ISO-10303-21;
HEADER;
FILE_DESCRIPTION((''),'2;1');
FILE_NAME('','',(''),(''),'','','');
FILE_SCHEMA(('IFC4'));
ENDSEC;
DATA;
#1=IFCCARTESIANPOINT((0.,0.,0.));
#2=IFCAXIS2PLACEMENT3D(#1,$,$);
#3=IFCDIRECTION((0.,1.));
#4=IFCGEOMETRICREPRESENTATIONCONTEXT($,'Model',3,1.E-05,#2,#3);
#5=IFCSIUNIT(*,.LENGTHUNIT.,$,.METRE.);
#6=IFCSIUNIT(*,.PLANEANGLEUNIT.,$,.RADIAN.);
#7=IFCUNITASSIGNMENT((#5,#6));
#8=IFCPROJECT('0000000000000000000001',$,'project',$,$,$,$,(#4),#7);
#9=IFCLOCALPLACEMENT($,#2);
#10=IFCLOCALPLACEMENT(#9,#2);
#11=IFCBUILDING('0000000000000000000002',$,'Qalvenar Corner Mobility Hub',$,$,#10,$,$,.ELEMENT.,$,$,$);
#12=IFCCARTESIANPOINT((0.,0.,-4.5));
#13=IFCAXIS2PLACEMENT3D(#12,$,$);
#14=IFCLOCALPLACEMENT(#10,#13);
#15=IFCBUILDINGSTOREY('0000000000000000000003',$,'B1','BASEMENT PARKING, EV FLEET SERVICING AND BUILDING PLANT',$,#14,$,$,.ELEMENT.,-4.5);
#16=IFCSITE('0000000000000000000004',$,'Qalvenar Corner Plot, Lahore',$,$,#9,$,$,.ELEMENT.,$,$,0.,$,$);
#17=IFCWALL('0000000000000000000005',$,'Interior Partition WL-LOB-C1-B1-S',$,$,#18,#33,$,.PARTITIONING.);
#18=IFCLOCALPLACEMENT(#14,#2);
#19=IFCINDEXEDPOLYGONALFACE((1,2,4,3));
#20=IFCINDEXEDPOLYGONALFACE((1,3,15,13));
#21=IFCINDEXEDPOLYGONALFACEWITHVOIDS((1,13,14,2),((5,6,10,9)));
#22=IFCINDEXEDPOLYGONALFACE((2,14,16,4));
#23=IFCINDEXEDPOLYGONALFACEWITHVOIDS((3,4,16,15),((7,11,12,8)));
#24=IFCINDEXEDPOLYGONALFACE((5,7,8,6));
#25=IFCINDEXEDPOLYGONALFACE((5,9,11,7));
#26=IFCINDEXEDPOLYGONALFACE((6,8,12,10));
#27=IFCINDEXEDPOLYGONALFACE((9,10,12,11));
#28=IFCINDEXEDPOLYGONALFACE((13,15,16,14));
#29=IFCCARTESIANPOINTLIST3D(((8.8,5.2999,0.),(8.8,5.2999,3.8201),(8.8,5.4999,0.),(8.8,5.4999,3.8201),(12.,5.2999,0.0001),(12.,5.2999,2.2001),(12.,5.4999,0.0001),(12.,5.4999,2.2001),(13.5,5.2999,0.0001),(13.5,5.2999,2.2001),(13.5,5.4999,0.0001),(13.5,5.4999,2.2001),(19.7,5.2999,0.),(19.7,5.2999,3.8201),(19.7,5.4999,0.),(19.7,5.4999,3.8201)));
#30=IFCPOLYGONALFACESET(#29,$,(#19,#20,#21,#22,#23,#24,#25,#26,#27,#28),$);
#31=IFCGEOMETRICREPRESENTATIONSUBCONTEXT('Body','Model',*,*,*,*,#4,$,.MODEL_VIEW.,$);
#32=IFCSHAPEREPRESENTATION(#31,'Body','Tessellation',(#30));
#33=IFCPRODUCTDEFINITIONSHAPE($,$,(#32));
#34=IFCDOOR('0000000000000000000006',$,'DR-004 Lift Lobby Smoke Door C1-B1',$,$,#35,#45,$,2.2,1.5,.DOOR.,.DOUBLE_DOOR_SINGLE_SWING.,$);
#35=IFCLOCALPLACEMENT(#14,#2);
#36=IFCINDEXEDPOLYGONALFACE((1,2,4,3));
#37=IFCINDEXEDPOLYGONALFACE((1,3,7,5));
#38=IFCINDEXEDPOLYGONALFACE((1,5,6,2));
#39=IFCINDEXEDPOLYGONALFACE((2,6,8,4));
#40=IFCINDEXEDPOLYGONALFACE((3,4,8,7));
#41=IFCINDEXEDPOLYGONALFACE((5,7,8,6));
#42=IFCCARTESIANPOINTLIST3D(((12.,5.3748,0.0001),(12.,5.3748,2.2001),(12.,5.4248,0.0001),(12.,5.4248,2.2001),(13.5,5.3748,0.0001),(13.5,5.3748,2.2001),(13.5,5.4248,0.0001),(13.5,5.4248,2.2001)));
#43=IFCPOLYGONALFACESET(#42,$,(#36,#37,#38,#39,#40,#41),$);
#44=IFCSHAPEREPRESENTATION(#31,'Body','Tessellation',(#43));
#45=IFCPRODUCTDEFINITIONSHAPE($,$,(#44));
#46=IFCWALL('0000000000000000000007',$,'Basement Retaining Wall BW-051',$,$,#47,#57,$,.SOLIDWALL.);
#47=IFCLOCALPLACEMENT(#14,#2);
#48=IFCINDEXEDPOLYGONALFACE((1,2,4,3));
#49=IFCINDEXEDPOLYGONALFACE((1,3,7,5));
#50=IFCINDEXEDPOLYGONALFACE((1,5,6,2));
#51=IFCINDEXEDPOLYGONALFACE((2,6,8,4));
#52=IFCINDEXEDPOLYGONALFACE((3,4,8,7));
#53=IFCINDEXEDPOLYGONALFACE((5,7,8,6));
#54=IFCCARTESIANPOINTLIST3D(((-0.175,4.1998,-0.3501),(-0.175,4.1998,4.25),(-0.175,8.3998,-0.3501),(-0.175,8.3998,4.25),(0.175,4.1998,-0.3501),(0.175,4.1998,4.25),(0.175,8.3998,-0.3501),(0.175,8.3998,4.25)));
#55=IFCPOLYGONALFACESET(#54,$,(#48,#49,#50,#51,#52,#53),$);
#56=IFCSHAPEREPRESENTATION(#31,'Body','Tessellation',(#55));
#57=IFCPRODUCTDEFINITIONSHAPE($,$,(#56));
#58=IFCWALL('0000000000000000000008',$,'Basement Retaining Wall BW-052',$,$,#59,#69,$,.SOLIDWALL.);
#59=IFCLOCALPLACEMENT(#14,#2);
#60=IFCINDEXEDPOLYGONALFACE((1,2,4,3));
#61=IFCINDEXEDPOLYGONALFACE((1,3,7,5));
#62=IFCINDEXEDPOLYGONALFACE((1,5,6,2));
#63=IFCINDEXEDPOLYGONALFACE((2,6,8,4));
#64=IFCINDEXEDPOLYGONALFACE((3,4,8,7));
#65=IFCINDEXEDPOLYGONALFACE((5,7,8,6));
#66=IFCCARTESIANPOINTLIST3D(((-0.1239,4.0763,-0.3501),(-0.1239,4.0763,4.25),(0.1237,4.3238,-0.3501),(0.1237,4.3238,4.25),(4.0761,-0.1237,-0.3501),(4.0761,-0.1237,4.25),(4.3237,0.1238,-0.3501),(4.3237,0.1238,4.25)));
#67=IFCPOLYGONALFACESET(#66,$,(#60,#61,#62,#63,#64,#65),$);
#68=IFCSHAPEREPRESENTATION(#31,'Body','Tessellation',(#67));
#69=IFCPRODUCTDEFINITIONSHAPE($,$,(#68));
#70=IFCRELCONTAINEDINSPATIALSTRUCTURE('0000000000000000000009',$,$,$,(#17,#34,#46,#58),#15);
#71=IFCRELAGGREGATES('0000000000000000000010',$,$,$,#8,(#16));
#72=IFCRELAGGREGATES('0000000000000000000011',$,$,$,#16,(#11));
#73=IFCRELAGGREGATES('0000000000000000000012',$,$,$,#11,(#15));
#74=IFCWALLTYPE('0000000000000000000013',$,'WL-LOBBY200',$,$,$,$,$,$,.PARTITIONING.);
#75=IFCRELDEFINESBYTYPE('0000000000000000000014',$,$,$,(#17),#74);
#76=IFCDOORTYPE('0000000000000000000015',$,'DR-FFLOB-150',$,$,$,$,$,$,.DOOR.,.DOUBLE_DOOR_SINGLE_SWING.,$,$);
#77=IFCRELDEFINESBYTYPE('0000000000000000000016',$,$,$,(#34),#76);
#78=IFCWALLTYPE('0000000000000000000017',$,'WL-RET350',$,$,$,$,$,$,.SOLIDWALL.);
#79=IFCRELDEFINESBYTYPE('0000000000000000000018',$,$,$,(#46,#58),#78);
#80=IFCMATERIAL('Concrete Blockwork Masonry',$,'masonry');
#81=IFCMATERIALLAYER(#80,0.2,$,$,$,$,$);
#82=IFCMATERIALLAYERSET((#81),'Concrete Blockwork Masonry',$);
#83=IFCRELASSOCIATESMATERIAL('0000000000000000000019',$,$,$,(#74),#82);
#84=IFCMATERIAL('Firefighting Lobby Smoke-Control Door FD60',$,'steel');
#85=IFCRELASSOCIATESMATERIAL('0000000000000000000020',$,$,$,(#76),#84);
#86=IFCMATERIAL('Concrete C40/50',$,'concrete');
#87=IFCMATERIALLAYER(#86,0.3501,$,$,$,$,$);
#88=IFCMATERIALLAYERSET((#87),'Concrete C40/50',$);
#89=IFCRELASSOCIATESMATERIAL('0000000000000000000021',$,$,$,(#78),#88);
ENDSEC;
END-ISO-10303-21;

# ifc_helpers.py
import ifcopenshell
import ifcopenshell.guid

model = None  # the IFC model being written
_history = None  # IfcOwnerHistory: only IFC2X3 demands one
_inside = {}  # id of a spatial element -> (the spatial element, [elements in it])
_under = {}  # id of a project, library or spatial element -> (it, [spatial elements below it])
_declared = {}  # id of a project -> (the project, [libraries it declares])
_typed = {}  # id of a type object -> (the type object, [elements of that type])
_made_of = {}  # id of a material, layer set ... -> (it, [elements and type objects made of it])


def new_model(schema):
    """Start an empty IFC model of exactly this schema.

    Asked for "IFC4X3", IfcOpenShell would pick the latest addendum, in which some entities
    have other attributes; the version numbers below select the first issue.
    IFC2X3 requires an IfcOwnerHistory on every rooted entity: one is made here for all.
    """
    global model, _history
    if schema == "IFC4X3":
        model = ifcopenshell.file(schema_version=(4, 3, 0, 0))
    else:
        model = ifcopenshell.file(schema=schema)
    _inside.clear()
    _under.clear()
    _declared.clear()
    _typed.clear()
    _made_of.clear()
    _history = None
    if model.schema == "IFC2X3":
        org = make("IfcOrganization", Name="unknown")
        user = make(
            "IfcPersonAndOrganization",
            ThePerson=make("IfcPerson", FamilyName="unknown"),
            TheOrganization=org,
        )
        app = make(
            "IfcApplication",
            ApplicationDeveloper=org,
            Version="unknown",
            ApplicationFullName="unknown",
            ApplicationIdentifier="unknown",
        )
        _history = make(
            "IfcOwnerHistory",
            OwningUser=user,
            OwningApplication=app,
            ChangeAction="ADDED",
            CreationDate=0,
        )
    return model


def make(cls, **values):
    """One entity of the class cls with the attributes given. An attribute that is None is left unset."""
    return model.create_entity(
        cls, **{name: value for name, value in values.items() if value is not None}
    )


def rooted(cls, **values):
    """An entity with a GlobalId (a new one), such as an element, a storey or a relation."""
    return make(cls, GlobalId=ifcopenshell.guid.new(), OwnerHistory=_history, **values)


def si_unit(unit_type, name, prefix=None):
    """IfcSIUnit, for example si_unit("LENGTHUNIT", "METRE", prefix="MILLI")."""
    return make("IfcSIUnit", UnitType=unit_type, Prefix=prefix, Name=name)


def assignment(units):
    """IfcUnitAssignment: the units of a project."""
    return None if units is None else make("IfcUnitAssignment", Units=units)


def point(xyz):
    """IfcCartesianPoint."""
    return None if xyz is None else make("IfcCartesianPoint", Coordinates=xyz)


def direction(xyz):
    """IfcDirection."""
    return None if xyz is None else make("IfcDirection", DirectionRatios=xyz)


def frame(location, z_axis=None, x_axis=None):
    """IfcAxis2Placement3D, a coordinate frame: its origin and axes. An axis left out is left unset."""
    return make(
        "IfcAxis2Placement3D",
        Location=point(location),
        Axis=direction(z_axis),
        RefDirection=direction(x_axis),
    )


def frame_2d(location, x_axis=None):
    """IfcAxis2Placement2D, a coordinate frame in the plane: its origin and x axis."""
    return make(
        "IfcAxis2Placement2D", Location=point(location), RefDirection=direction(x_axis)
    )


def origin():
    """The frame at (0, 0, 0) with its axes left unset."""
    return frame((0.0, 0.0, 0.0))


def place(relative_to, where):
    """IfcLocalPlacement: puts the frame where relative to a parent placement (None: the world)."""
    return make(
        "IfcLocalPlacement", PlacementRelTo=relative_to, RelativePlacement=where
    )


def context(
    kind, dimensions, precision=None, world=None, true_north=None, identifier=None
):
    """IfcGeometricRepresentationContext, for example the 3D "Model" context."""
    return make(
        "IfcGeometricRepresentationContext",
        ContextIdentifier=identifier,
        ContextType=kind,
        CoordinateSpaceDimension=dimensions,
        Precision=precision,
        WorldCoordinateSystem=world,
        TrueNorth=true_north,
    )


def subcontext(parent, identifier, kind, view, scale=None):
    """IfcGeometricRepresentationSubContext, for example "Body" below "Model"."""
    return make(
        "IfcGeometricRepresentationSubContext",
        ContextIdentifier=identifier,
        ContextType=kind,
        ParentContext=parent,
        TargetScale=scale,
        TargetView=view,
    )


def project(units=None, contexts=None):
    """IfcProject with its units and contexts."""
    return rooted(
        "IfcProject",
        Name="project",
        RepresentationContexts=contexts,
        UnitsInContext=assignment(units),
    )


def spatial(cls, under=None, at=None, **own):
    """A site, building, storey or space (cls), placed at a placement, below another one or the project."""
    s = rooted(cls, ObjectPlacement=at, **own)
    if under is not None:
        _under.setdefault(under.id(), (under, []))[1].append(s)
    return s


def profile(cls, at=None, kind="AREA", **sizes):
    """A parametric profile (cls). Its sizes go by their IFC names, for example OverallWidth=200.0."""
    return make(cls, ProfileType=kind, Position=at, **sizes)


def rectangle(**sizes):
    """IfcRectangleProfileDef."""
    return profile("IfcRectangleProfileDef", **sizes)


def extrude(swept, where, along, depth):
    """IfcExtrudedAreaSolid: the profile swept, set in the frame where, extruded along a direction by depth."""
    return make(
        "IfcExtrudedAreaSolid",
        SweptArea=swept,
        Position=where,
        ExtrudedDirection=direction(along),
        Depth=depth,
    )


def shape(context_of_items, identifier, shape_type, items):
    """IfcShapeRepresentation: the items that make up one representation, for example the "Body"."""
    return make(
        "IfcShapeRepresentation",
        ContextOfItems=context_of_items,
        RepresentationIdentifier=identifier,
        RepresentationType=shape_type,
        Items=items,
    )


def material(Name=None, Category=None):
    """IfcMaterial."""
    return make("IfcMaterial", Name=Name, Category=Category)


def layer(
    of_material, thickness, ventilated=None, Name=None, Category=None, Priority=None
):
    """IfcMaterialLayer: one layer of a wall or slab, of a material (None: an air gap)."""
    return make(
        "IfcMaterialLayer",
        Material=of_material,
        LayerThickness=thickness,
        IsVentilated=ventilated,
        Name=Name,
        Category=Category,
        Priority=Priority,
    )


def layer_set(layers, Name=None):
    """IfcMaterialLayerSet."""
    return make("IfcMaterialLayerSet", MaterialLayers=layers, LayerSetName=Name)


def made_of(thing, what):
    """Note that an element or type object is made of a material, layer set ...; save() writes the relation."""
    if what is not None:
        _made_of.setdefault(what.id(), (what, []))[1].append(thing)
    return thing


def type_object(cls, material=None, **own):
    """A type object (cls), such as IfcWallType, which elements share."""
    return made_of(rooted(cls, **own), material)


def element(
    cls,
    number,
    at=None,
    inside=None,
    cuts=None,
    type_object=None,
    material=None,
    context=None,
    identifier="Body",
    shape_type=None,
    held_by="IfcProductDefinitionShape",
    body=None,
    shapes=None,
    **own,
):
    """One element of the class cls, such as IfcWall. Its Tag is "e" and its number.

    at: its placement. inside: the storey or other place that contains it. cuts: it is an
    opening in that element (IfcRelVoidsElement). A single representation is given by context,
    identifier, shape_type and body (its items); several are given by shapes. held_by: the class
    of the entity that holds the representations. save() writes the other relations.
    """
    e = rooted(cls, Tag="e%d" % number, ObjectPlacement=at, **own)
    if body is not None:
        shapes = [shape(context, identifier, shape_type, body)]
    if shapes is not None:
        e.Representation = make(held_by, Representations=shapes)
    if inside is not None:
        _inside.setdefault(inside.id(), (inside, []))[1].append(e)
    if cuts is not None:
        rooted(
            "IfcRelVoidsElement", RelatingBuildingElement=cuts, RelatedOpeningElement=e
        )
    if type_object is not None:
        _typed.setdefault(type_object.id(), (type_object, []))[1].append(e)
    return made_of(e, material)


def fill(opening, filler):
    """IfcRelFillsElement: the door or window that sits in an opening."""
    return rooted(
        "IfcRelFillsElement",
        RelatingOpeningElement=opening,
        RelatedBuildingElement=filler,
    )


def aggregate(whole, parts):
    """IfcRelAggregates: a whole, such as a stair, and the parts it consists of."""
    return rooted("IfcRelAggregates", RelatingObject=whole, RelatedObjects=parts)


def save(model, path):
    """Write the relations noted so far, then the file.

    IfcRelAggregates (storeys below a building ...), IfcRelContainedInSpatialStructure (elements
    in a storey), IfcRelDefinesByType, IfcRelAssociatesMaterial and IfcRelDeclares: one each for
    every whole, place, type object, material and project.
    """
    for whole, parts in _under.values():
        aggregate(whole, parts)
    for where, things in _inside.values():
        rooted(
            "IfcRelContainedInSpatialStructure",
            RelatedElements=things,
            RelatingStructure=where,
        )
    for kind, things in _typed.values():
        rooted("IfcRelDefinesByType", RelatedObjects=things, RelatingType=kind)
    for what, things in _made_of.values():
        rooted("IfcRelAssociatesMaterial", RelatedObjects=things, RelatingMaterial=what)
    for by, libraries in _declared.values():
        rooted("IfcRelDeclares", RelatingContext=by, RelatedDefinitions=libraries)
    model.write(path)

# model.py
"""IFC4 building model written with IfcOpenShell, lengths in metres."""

from ifc_helpers import new_model, si_unit, direction, frame, frame_2d, origin, place, context, subcontext, project, spatial, rectangle, extrude, material, layer, layer_set, type_object, element, fill, save


model = new_model("IFC4")

# Units and contexts
model_context = context("Model", 3, precision=1e-05, world=origin(), true_north=direction((0.0, 1.0)))
body_context = subcontext(model_context, "Body", "Model", "MODEL_VIEW")
ifc_project = project(units=[si_unit("LENGTHUNIT", "METRE"), si_unit("PLANEANGLEUNIT", "RADIAN")], contexts=[model_context])

# Site, building, storey
site_placement = place(None, origin())
site = spatial("IfcSite", under=ifc_project, at=site_placement, Name="Qalvenar Corner Plot, Lahore", CompositionType="ELEMENT", RefElevation=0.0)
building_placement = place(site_placement, origin())
building = spatial("IfcBuilding", under=site, at=building_placement, Name="Qalvenar Corner Mobility Hub", CompositionType="ELEMENT")
storey_placement = place(building_placement, frame((0.0, 0.0, -4.5)))
storey = spatial("IfcBuildingStorey", under=building, at=storey_placement, Name="B1", Description="BASEMENT PARKING, EV FLEET SERVICING AND BUILDING PLANT", CompositionType="ELEMENT", Elevation=-4.5)

# Shared definitions
ifc_material_1 = material(Name="Concrete C40/50", Category="concrete")

# Shared definitions
ifc_material_2 = material(Name="Concrete Blockwork Masonry", Category="masonry")
ifc_layer_1 = layer(ifc_material_2, 0.2)
ifc_layer_set_1 = layer_set([ifc_layer_1], Name="Concrete Blockwork Masonry")
wall_type_1 = type_object("IfcWallType", Name="WL-LOBBY200", PredefinedType="PARTITIONING", material=ifc_layer_set_1)

# Wall, opening, door
wall_1_placement = place(storey_placement, frame((8.8, 5.3999, 0.0), z_axis=(0.0, 0.0, 1.0), x_axis=(1.0, 0.0, 0.0)))
wall_1 = element("IfcWall", 1, at=wall_1_placement, inside=storey, type_object=wall_type_1, Name="Interior Partition WL-LOB-C1-B1-S", PredefinedType="PARTITIONING", context=body_context, shape_type="SweptSolid", body=[
    extrude(rectangle(XDim=10.8999, YDim=0.2, at=frame_2d((5.45, 0.0))), origin(), (0.0, 0.0, 1.0), 3.8201),
])
opening_1_placement = place(wall_1_placement, frame((3.2, 0.0, 0.0)))
opening_1 = element("IfcOpeningElement", 2, at=opening_1_placement, cuts=wall_1, PredefinedType="OPENING", context=body_context, shape_type="SweptSolid", body=[
    extrude(rectangle(XDim=1.5, YDim=2.2, at=frame_2d((0.75, 1.1001))), frame((0.0, 0.1099, 0.0), z_axis=(0.0, -1.0, 0.0), x_axis=(1.0, 0.0, 0.0)), (0.0, 0.0, 1.0), 0.22),
])
ifc_material_3 = material(Name="Firefighting Lobby Smoke-Control Door FD60", Category="steel")
door_type_1 = type_object("IfcDoorType", Name="DR-FFLOB-150", OperationType="DOUBLE_DOOR_SINGLE_SWING", PredefinedType="DOOR", material=ifc_material_3)
door_1_placement = place(opening_1_placement, origin())
door_1 = element("IfcDoor", 3, at=door_1_placement, inside=storey, type_object=door_type_1, Name="DR-004 Lift Lobby Smoke Door C1-B1", OperationType="DOUBLE_DOOR_SINGLE_SWING", OverallHeight=2.2, OverallWidth=1.5, PredefinedType="DOOR", context=body_context, shape_type="SweptSolid", body=[
    extrude(rectangle(XDim=1.5, YDim=2.2, at=frame_2d((0.75, 1.1001))), frame((0.0, 0.0249, 0.0), z_axis=(0.0, -1.0, 0.0), x_axis=(1.0, 0.0, 0.0)), (0.0, 0.0, 1.0), 0.05),
])
fill(opening_1, door_1)

# Walls
ifc_layer_2 = layer(ifc_material_1, 0.3501)
ifc_layer_set_2 = layer_set([ifc_layer_2], Name="Concrete C40/50")
wall_type_2 = type_object("IfcWallType", Name="WL-RET350", PredefinedType="SOLIDWALL", material=ifc_layer_set_2)
wall_2_placement = place(storey_placement, frame((0.0, 8.3999, -0.3501), z_axis=(0.0, 0.0, 1.0), x_axis=(0.0, -1.0, 0.0)))
element("IfcWall", 4, at=wall_2_placement, inside=storey, type_object=wall_type_2, Name="Basement Retaining Wall BW-051", PredefinedType="SOLIDWALL", context=body_context, shape_type="SweptSolid", body=[
    extrude(rectangle(XDim=4.2, YDim=0.3501, at=frame_2d((2.1001, 0.0))), origin(), (0.0, 0.0, 1.0), 4.6001),
])
wall_3_placement = place(storey_placement, frame((0.0, 4.2, -0.3501), z_axis=(0.0, 0.0, 1.0), x_axis=(0.707107, -0.707107, 0.0)))
element("IfcWall", 5, at=wall_3_placement, inside=storey, type_object=wall_type_2, Name="Basement Retaining Wall BW-052", PredefinedType="SOLIDWALL", context=body_context, shape_type="SweptSolid", body=[
    extrude(rectangle(XDim=5.9397, YDim=0.3501, at=frame_2d((2.9697, 0.0))), origin(), (0.0, 0.0, 1.0), 4.6001),
])

save(model, "model.ifc")
